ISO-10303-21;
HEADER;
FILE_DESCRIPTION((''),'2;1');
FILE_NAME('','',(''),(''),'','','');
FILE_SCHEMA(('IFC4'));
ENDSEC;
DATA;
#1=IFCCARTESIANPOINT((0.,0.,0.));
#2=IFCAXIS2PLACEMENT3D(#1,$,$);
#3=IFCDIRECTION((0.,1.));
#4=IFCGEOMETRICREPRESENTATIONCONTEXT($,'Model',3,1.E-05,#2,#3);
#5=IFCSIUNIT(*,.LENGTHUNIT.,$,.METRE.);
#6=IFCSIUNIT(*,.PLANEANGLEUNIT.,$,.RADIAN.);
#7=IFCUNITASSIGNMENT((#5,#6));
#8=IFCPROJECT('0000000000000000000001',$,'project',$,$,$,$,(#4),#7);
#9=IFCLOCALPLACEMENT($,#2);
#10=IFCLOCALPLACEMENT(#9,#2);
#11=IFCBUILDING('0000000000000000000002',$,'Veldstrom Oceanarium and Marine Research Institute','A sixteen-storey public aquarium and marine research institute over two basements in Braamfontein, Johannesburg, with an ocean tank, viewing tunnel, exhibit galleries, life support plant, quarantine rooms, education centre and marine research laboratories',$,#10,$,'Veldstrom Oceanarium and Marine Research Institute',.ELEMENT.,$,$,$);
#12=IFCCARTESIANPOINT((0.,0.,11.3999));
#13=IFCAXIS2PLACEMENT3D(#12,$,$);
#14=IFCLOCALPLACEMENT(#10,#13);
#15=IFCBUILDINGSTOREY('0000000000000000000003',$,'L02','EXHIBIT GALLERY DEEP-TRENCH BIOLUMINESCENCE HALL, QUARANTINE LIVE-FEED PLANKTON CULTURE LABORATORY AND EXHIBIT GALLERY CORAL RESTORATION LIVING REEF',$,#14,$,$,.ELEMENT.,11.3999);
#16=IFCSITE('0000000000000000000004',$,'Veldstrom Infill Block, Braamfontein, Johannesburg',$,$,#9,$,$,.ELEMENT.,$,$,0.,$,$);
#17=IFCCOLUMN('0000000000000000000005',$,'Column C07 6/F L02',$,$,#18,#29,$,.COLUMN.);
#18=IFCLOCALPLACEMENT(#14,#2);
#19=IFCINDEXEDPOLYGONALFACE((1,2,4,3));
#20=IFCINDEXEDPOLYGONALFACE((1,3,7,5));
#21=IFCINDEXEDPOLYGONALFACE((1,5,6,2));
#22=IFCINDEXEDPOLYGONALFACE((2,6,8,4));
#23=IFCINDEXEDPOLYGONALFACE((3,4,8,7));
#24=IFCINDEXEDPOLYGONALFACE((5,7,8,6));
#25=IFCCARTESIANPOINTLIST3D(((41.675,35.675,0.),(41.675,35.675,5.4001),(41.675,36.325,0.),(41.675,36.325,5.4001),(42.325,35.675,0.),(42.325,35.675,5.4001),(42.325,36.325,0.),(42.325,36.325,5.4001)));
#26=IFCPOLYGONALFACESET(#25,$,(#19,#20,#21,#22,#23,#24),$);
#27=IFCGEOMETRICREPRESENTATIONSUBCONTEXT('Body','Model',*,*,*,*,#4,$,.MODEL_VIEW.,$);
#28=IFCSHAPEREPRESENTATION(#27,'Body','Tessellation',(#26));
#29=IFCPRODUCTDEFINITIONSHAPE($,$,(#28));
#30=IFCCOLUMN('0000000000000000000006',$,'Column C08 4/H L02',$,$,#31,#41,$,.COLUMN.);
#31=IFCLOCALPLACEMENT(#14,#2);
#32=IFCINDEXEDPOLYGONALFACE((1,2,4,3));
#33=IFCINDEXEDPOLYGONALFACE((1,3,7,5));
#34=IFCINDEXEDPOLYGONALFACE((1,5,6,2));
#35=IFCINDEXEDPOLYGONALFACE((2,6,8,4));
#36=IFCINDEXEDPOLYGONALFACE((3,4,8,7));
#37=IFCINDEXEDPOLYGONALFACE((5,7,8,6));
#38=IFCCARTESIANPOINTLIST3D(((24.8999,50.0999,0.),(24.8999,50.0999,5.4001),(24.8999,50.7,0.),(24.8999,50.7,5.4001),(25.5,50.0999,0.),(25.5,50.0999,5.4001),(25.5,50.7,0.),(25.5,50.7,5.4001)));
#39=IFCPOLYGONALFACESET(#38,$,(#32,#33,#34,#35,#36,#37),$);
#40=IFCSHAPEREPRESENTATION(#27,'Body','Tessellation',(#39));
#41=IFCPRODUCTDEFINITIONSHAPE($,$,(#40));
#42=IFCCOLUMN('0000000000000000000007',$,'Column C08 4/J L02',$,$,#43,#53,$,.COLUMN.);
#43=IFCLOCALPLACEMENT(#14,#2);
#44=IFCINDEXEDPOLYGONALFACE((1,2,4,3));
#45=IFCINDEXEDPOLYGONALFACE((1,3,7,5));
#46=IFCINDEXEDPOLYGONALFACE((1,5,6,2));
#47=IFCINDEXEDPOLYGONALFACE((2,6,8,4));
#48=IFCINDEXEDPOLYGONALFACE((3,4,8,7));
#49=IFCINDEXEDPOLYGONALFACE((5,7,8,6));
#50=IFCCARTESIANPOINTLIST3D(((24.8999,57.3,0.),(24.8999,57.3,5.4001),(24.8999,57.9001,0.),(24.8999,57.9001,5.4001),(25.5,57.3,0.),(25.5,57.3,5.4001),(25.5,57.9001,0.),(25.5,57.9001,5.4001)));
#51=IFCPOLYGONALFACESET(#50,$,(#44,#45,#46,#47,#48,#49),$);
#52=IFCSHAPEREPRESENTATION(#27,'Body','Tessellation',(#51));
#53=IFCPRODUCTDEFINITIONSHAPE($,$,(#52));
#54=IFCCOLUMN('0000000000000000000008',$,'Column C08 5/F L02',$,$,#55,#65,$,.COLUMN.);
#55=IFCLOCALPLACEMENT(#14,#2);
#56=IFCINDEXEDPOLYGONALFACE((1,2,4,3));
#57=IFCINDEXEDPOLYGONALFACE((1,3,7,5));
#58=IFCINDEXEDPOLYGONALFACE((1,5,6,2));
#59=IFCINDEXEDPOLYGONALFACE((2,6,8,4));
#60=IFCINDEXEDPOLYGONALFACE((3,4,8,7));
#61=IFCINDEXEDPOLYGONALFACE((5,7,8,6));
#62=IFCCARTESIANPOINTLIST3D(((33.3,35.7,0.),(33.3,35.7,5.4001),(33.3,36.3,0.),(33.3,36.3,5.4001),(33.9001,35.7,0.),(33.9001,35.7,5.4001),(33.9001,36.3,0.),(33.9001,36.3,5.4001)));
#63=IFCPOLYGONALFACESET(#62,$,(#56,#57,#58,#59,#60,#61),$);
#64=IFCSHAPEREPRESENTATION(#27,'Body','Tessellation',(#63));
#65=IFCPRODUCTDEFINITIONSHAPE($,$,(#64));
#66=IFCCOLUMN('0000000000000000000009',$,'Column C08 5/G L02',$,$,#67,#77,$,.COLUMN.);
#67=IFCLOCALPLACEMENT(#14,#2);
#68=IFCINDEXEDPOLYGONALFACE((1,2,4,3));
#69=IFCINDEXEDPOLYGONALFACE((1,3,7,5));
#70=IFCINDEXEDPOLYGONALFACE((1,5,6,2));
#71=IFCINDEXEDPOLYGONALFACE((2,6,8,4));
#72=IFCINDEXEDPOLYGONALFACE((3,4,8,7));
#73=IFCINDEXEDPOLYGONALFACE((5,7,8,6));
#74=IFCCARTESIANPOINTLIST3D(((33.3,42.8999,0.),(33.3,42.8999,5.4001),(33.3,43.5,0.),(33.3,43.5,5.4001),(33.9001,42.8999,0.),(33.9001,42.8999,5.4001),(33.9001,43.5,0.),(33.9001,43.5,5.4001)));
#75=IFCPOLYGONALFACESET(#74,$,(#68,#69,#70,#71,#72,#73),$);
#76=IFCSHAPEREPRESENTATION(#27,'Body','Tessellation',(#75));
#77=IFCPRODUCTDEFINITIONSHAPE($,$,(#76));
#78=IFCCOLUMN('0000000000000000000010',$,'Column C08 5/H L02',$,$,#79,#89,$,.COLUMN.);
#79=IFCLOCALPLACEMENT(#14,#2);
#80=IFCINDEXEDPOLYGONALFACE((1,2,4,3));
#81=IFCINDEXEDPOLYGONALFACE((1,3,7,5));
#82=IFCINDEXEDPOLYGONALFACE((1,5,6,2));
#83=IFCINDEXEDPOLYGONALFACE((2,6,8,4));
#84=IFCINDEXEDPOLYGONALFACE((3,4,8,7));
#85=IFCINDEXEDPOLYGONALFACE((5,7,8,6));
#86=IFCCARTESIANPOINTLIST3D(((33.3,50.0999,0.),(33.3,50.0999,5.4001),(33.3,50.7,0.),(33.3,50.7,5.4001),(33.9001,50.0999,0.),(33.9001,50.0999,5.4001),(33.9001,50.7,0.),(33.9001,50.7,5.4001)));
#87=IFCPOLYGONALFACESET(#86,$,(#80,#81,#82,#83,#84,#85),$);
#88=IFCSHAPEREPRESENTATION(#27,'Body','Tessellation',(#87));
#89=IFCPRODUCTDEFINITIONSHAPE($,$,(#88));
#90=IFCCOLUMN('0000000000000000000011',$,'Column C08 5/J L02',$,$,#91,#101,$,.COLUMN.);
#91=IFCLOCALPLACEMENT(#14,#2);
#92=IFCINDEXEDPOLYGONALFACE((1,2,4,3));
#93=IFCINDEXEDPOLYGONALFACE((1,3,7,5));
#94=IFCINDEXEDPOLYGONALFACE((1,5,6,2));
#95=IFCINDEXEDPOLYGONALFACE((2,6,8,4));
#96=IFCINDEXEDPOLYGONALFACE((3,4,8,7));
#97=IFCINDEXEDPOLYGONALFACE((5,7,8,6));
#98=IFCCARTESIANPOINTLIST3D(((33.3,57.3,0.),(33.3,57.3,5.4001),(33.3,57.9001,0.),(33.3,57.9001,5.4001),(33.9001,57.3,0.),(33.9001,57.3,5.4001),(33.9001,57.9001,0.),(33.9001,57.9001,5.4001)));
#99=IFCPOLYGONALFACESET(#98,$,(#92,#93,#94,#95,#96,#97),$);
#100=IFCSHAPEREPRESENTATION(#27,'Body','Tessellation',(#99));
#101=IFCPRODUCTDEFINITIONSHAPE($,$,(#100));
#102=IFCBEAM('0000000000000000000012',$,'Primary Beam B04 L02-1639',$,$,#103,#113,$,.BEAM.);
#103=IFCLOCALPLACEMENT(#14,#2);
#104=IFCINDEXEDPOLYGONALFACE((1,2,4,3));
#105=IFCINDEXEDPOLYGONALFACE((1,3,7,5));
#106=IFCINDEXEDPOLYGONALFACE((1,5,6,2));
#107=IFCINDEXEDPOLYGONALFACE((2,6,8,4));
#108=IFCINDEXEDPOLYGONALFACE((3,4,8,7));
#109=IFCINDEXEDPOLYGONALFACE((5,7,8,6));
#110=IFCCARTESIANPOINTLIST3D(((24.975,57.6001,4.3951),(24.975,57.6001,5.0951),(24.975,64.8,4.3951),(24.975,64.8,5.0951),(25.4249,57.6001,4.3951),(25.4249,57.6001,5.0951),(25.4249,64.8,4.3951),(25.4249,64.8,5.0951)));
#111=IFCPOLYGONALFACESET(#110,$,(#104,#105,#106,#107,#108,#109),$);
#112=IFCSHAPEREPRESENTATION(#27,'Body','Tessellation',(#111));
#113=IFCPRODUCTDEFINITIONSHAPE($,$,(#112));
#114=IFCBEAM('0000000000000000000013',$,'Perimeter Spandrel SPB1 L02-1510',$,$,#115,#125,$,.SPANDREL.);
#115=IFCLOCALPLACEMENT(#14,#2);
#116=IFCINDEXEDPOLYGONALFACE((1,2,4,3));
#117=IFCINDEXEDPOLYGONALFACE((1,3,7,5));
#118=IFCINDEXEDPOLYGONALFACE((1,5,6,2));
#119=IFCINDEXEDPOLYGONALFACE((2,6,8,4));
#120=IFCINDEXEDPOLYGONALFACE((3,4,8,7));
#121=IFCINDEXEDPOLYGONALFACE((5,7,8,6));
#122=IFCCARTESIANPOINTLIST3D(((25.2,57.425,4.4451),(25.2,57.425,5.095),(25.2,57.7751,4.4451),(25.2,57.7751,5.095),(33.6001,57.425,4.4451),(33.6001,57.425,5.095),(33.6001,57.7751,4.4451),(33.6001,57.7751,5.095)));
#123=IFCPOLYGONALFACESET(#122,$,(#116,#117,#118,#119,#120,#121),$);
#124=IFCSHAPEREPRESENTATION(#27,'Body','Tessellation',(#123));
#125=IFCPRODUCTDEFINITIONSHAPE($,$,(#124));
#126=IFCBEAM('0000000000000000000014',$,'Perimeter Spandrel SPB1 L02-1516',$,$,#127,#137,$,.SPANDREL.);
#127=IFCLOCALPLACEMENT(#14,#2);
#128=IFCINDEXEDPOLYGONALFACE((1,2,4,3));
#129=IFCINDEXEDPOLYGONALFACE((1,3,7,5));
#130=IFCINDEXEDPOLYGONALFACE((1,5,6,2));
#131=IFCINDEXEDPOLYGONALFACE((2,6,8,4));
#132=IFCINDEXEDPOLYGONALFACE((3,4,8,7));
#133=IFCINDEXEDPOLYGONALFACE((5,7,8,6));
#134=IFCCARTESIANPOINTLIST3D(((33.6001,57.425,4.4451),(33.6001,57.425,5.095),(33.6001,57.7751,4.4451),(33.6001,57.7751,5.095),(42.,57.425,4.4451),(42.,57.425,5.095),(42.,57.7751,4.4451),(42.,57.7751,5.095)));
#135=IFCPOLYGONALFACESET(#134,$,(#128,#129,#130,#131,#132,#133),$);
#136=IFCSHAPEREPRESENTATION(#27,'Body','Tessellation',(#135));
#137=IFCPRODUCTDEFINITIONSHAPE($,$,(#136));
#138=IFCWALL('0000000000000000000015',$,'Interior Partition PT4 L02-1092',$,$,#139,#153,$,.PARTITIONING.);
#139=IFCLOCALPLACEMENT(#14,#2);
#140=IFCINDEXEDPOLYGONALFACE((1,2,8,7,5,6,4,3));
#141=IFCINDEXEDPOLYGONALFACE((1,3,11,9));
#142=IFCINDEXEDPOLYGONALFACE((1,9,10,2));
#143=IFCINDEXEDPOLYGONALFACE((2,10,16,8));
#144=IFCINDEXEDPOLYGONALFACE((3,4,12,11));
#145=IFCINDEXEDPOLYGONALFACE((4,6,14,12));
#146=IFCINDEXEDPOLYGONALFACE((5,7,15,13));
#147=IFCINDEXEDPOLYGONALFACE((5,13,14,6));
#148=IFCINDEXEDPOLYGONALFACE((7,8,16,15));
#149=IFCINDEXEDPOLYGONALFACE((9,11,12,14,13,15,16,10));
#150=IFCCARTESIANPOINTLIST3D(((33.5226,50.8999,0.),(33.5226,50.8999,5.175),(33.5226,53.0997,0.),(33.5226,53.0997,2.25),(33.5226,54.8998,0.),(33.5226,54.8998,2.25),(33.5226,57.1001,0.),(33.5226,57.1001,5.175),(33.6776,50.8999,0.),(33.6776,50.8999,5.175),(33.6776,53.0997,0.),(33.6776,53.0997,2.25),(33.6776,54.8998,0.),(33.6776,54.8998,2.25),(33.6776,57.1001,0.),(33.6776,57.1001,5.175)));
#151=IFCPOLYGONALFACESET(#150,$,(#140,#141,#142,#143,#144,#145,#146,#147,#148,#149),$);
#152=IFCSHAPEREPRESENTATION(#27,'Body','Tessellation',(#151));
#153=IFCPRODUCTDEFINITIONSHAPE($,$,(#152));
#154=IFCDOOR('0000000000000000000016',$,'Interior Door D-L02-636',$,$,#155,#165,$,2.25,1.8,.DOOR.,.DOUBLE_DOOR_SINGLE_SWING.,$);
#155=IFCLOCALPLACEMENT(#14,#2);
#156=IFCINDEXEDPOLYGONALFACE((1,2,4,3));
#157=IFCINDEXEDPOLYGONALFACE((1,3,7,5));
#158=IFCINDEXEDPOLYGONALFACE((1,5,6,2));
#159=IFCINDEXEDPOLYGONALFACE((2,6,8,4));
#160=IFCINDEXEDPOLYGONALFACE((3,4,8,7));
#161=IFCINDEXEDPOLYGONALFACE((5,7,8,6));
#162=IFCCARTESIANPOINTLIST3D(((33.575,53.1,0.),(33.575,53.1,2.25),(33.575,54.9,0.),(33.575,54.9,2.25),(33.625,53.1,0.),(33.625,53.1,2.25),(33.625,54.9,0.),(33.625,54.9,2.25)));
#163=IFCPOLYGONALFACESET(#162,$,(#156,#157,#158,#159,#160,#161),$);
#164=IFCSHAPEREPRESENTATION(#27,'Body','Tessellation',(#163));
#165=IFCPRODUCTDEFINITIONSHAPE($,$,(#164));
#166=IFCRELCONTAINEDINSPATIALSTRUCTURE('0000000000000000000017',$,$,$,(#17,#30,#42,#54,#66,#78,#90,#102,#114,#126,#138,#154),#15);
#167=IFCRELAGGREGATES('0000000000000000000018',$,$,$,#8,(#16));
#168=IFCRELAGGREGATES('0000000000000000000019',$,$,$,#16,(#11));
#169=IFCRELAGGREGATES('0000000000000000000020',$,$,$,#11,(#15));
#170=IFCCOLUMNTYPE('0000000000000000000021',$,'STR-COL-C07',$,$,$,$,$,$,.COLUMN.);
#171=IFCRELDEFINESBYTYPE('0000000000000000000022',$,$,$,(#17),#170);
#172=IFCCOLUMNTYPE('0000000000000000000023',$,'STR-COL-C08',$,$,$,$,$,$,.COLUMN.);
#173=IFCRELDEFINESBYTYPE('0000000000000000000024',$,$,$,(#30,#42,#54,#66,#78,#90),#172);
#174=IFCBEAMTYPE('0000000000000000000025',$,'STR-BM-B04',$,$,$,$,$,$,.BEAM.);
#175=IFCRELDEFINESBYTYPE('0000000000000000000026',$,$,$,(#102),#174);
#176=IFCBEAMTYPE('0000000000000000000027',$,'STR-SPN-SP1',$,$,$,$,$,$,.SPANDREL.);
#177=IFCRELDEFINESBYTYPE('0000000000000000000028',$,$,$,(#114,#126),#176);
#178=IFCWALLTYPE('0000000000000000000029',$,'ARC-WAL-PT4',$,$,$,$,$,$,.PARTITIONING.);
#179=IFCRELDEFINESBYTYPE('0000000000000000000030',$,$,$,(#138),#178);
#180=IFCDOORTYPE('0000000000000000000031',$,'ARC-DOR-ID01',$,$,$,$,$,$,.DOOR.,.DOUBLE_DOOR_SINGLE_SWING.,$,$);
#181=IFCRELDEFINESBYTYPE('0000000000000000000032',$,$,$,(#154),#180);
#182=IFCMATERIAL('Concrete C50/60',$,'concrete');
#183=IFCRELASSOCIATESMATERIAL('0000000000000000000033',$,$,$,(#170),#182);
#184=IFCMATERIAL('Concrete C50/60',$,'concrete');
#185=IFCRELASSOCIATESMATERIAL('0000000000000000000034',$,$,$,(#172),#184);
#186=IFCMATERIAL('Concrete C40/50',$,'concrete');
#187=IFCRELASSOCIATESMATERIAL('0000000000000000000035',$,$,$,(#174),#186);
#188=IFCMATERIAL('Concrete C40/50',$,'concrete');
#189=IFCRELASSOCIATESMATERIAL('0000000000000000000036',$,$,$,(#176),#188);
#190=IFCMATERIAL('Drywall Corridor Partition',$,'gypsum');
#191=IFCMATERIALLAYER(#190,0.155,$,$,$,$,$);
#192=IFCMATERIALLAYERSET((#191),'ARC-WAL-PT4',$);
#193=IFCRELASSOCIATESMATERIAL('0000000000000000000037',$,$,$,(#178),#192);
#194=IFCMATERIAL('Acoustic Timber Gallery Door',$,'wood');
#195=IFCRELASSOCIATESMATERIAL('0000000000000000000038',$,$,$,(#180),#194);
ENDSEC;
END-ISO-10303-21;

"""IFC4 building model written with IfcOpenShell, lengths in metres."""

from ifc_helpers import new_model, si_unit, direction, frame, frame_2d, origin, origin_2d, place, context, subcontext, project, spatial, rectangle, extrude, material, layer, layer_set, material_profile, profile_set, type_object, element, fill, save


model = new_model("IFC4")

# Units and contexts
model_context = context("Model", 3, precision=1e-05, world=origin(), true_north=direction((0.0, 1.0)))
body_context = subcontext(model_context, "Body", "Model", "MODEL_VIEW")
ifc_project = project(units=[si_unit("LENGTHUNIT", "METRE"), si_unit("PLANEANGLEUNIT", "RADIAN")], contexts=[model_context])

# Site, building, storey
site_placement = place(None, origin())
site = spatial("IfcSite", under=ifc_project, at=site_placement, Name="Veldstrom Infill Block, Braamfontein, Johannesburg", CompositionType="ELEMENT", RefElevation=0.0)
building_placement = place(site_placement, origin())
building = spatial("IfcBuilding", under=site, at=building_placement, Name="Veldstrom Oceanarium and Marine Research Institute", Description="A sixteen-storey public aquarium and marine research institute over two basements in Braamfontein, Johannesburg, with an ocean tank, viewing tunnel, exhibit galleries, life support plant, quarantine rooms, education centre and marine research laboratories", LongName="Veldstrom Oceanarium and Marine Research Institute", CompositionType="ELEMENT")
storey_placement = place(building_placement, frame((0.0, 0.0, 11.3999)))
storey = spatial("IfcBuildingStorey", under=building, at=storey_placement, Name="L02", Description="EXHIBIT GALLERY DEEP-TRENCH BIOLUMINESCENCE HALL, QUARANTINE LIVE-FEED PLANKTON CULTURE LABORATORY AND EXHIBIT GALLERY CORAL RESTORATION LIVING REEF", CompositionType="ELEMENT", Elevation=11.3999)

# Columns
ifc_material_1 = material(Name="Concrete C50/60", Category="concrete")
ifc_material_profile_1 = material_profile(ifc_material_1, rectangle(XDim=0.6499, YDim=0.6499, at=origin_2d()), Name="RC-COL-650x650")
ifc_profile_set_1 = profile_set([ifc_material_profile_1], Name="Concrete C50/60")
column_type_1 = type_object("IfcColumnType", Name="STR-COL-C07", PredefinedType="COLUMN", material=ifc_profile_set_1)
column_placement = place(storey_placement, frame((42.0, 36.0, 0.0), z_axis=(0.0, 0.0, 1.0), x_axis=(1.0, 0.0, 0.0)))
element("IfcColumn", 1, at=column_placement, inside=storey, type_object=column_type_1, Name="Column C07 6/F L02", PredefinedType="COLUMN", context=body_context, shape_type="SweptSolid", body=[
    extrude(rectangle(XDim=0.6499, YDim=0.6499, at=origin_2d()), origin(), (0.0, 0.0, 1.0), 5.4001),
])
ifc_material_2 = material(Name="Concrete C50/60", Category="concrete")
ifc_material_profile_2 = material_profile(ifc_material_2, rectangle(XDim=0.6001, YDim=0.6001, at=origin_2d()), Name="RC-COL-600x600")
ifc_profile_set_2 = profile_set([ifc_material_profile_2], Name="Concrete C50/60")
column_type_2 = type_object("IfcColumnType", Name="STR-COL-C08", PredefinedType="COLUMN", material=ifc_profile_set_2)
for number, where, z_axis, x_axis, name in (
    (2, (25.2, 50.3999, 0.0), (0.0, 0.0, 1.0), (1.0, 0.0, 0.0), "Column C08 4/H L02"),
    (3, (25.2, 57.6001, 0.0), (0.0, 0.0, 1.0), (1.0, 0.0, 0.0), "Column C08 4/J L02"),
    (4, (33.6001, 36.0, 0.0), (0.0, 0.0, 1.0), (1.0, 0.0, 0.0), "Column C08 5/F L02"),
    (5, (33.6001, 43.2, 0.0), (0.0, 0.0, 1.0), (1.0, 0.0, 0.0), "Column C08 5/G L02"),
    (6, (33.6001, 50.3999, 0.0), (0.0, 0.0, 1.0), (1.0, 0.0, 0.0), "Column C08 5/H L02"),
    (7, (33.6001, 57.6001, 0.0), (0.0, 0.0, 1.0), (1.0, 0.0, 0.0), "Column C08 5/J L02"),
):
    element("IfcColumn", number, at=place(storey_placement, frame(where, z_axis=z_axis, x_axis=x_axis)), inside=storey, type_object=column_type_2, Name=name, PredefinedType="COLUMN", context=body_context, shape_type="SweptSolid", body=[
        extrude(rectangle(XDim=0.6001, YDim=0.6001, at=origin_2d()), origin(), (0.0, 0.0, 1.0), 5.4001),
    ])

# Beams
ifc_material_3 = material(Name="Concrete C40/50", Category="concrete")
ifc_material_profile_3 = material_profile(ifc_material_3, rectangle(XDim=0.45, YDim=0.7, at=origin_2d()), Name="RC-BM-450x700")
ifc_profile_set_3 = profile_set([ifc_material_profile_3], Name="Concrete C40/50")
beam_type_1 = type_object("IfcBeamType", Name="STR-BM-B04", PredefinedType="BEAM", material=ifc_profile_set_3)
beam_1_placement = place(storey_placement, frame((25.2, 57.6001, 4.7451), z_axis=(0.0, 1.0, 0.0), x_axis=(-1.0, 0.0, 0.0)))
element("IfcBeam", 8, at=beam_1_placement, inside=storey, type_object=beam_type_1, Name="Primary Beam B04 L02-1639", PredefinedType="BEAM", context=body_context, shape_type="SweptSolid", body=[
    extrude(rectangle(XDim=0.45, YDim=0.7, at=origin_2d()), origin(), (0.0, 0.0, 1.0), 7.2),
])
ifc_material_4 = material(Name="Concrete C40/50", Category="concrete")
ifc_material_profile_4 = material_profile(ifc_material_4, rectangle(XDim=0.3501, YDim=0.6499, at=origin_2d()), Name="RC-SPN-350x650")
ifc_profile_set_4 = profile_set([ifc_material_profile_4], Name="Concrete C40/50")
beam_type_2 = type_object("IfcBeamType", Name="STR-SPN-SP1", PredefinedType="SPANDREL", material=ifc_profile_set_4)
beam_2_placement = place(storey_placement, frame((25.2, 57.6001, 4.77), z_axis=(1.0, 0.0, 0.0), x_axis=(0.0, 1.0, 0.0)))
element("IfcBeam", 9, at=beam_2_placement, inside=storey, type_object=beam_type_2, Name="Perimeter Spandrel SPB1 L02-1510", PredefinedType="SPANDREL", context=body_context, shape_type="SweptSolid", body=[
    extrude(rectangle(XDim=0.3501, YDim=0.6499, at=origin_2d()), origin(), (0.0, 0.0, 1.0), 8.4001),
])
beam_3_placement = place(storey_placement, frame((33.6001, 57.6001, 4.77), z_axis=(1.0, 0.0, 0.0), x_axis=(0.0, 1.0, 0.0)))
element("IfcBeam", 10, at=beam_3_placement, inside=storey, type_object=beam_type_2, Name="Perimeter Spandrel SPB1 L02-1516", PredefinedType="SPANDREL", context=body_context, shape_type="SweptSolid", body=[
    extrude(rectangle(XDim=0.3501, YDim=0.6499, at=origin_2d()), origin(), (0.0, 0.0, 1.0), 8.3999),
])

# Wall, opening, door
ifc_material_5 = material(Name="Drywall Corridor Partition", Category="gypsum")
ifc_layer_1 = layer(ifc_material_5, 0.155)
ifc_layer_set_1 = layer_set([ifc_layer_1], Name="ARC-WAL-PT4")
wall_type_1 = type_object("IfcWallType", Name="ARC-WAL-PT4", PredefinedType="PARTITIONING", material=ifc_layer_set_1)
wall_1_placement = place(storey_placement, frame((33.6001, 50.8999, 0.0), z_axis=(0.0, 0.0, 1.0), x_axis=(0.0, 1.0, 0.0)))
wall_1 = element("IfcWall", 11, at=wall_1_placement, inside=storey, type_object=wall_type_1, Name="Interior Partition PT4 L02-1092", PredefinedType="PARTITIONING", context=body_context, shape_type="SweptSolid", body=[
    extrude(rectangle(XDim=6.2002, YDim=0.155, at=frame_2d((3.1001, 0.0))), origin(), (0.0, 0.0, 1.0), 5.175),
])
opening_1_placement = place(wall_1_placement, frame((2.2, 0.0, 0.0)))
opening_1 = element("IfcOpeningElement", 12, at=opening_1_placement, cuts=wall_1, PredefinedType="OPENING", context=body_context, shape_type="SweptSolid", body=[
    extrude(rectangle(XDim=1.8, YDim=2.25, at=frame_2d((0.8999, 1.125))), frame((0.0, 0.0874, 0.0), z_axis=(0.0, -1.0, 0.0), x_axis=(1.0, 0.0, 0.0)), (0.0, 0.0, 1.0), 0.175),
])
ifc_material_6 = material(Name="Acoustic Timber Gallery Door", Category="wood")
door_type_1 = type_object("IfcDoorType", Name="ARC-DOR-ID01", OperationType="DOUBLE_DOOR_SINGLE_SWING", PredefinedType="DOOR", material=ifc_material_6)
door_1_placement = place(opening_1_placement, frame((1.8, 0.0, 0.0), z_axis=(0.0, 0.0, 1.0), x_axis=(-1.0, 0.0, 0.0)))
door_1 = element("IfcDoor", 13, at=door_1_placement, inside=storey, type_object=door_type_1, Name="Interior Door D-L02-636", OperationType="DOUBLE_DOOR_SINGLE_SWING", OverallHeight=2.25, OverallWidth=1.8, PredefinedType="DOOR", context=body_context, shape_type="SweptSolid", body=[
    extrude(rectangle(XDim=1.8, YDim=2.25, at=frame_2d((0.8999, 1.125))), frame((0.0, 0.0249, 0.0), z_axis=(0.0, -1.0, 0.0), x_axis=(1.0, 0.0, 0.0)), (0.0, 0.0, 1.0), 0.05),
])
fill(opening_1, door_1)

save(model, "model.ifc")
